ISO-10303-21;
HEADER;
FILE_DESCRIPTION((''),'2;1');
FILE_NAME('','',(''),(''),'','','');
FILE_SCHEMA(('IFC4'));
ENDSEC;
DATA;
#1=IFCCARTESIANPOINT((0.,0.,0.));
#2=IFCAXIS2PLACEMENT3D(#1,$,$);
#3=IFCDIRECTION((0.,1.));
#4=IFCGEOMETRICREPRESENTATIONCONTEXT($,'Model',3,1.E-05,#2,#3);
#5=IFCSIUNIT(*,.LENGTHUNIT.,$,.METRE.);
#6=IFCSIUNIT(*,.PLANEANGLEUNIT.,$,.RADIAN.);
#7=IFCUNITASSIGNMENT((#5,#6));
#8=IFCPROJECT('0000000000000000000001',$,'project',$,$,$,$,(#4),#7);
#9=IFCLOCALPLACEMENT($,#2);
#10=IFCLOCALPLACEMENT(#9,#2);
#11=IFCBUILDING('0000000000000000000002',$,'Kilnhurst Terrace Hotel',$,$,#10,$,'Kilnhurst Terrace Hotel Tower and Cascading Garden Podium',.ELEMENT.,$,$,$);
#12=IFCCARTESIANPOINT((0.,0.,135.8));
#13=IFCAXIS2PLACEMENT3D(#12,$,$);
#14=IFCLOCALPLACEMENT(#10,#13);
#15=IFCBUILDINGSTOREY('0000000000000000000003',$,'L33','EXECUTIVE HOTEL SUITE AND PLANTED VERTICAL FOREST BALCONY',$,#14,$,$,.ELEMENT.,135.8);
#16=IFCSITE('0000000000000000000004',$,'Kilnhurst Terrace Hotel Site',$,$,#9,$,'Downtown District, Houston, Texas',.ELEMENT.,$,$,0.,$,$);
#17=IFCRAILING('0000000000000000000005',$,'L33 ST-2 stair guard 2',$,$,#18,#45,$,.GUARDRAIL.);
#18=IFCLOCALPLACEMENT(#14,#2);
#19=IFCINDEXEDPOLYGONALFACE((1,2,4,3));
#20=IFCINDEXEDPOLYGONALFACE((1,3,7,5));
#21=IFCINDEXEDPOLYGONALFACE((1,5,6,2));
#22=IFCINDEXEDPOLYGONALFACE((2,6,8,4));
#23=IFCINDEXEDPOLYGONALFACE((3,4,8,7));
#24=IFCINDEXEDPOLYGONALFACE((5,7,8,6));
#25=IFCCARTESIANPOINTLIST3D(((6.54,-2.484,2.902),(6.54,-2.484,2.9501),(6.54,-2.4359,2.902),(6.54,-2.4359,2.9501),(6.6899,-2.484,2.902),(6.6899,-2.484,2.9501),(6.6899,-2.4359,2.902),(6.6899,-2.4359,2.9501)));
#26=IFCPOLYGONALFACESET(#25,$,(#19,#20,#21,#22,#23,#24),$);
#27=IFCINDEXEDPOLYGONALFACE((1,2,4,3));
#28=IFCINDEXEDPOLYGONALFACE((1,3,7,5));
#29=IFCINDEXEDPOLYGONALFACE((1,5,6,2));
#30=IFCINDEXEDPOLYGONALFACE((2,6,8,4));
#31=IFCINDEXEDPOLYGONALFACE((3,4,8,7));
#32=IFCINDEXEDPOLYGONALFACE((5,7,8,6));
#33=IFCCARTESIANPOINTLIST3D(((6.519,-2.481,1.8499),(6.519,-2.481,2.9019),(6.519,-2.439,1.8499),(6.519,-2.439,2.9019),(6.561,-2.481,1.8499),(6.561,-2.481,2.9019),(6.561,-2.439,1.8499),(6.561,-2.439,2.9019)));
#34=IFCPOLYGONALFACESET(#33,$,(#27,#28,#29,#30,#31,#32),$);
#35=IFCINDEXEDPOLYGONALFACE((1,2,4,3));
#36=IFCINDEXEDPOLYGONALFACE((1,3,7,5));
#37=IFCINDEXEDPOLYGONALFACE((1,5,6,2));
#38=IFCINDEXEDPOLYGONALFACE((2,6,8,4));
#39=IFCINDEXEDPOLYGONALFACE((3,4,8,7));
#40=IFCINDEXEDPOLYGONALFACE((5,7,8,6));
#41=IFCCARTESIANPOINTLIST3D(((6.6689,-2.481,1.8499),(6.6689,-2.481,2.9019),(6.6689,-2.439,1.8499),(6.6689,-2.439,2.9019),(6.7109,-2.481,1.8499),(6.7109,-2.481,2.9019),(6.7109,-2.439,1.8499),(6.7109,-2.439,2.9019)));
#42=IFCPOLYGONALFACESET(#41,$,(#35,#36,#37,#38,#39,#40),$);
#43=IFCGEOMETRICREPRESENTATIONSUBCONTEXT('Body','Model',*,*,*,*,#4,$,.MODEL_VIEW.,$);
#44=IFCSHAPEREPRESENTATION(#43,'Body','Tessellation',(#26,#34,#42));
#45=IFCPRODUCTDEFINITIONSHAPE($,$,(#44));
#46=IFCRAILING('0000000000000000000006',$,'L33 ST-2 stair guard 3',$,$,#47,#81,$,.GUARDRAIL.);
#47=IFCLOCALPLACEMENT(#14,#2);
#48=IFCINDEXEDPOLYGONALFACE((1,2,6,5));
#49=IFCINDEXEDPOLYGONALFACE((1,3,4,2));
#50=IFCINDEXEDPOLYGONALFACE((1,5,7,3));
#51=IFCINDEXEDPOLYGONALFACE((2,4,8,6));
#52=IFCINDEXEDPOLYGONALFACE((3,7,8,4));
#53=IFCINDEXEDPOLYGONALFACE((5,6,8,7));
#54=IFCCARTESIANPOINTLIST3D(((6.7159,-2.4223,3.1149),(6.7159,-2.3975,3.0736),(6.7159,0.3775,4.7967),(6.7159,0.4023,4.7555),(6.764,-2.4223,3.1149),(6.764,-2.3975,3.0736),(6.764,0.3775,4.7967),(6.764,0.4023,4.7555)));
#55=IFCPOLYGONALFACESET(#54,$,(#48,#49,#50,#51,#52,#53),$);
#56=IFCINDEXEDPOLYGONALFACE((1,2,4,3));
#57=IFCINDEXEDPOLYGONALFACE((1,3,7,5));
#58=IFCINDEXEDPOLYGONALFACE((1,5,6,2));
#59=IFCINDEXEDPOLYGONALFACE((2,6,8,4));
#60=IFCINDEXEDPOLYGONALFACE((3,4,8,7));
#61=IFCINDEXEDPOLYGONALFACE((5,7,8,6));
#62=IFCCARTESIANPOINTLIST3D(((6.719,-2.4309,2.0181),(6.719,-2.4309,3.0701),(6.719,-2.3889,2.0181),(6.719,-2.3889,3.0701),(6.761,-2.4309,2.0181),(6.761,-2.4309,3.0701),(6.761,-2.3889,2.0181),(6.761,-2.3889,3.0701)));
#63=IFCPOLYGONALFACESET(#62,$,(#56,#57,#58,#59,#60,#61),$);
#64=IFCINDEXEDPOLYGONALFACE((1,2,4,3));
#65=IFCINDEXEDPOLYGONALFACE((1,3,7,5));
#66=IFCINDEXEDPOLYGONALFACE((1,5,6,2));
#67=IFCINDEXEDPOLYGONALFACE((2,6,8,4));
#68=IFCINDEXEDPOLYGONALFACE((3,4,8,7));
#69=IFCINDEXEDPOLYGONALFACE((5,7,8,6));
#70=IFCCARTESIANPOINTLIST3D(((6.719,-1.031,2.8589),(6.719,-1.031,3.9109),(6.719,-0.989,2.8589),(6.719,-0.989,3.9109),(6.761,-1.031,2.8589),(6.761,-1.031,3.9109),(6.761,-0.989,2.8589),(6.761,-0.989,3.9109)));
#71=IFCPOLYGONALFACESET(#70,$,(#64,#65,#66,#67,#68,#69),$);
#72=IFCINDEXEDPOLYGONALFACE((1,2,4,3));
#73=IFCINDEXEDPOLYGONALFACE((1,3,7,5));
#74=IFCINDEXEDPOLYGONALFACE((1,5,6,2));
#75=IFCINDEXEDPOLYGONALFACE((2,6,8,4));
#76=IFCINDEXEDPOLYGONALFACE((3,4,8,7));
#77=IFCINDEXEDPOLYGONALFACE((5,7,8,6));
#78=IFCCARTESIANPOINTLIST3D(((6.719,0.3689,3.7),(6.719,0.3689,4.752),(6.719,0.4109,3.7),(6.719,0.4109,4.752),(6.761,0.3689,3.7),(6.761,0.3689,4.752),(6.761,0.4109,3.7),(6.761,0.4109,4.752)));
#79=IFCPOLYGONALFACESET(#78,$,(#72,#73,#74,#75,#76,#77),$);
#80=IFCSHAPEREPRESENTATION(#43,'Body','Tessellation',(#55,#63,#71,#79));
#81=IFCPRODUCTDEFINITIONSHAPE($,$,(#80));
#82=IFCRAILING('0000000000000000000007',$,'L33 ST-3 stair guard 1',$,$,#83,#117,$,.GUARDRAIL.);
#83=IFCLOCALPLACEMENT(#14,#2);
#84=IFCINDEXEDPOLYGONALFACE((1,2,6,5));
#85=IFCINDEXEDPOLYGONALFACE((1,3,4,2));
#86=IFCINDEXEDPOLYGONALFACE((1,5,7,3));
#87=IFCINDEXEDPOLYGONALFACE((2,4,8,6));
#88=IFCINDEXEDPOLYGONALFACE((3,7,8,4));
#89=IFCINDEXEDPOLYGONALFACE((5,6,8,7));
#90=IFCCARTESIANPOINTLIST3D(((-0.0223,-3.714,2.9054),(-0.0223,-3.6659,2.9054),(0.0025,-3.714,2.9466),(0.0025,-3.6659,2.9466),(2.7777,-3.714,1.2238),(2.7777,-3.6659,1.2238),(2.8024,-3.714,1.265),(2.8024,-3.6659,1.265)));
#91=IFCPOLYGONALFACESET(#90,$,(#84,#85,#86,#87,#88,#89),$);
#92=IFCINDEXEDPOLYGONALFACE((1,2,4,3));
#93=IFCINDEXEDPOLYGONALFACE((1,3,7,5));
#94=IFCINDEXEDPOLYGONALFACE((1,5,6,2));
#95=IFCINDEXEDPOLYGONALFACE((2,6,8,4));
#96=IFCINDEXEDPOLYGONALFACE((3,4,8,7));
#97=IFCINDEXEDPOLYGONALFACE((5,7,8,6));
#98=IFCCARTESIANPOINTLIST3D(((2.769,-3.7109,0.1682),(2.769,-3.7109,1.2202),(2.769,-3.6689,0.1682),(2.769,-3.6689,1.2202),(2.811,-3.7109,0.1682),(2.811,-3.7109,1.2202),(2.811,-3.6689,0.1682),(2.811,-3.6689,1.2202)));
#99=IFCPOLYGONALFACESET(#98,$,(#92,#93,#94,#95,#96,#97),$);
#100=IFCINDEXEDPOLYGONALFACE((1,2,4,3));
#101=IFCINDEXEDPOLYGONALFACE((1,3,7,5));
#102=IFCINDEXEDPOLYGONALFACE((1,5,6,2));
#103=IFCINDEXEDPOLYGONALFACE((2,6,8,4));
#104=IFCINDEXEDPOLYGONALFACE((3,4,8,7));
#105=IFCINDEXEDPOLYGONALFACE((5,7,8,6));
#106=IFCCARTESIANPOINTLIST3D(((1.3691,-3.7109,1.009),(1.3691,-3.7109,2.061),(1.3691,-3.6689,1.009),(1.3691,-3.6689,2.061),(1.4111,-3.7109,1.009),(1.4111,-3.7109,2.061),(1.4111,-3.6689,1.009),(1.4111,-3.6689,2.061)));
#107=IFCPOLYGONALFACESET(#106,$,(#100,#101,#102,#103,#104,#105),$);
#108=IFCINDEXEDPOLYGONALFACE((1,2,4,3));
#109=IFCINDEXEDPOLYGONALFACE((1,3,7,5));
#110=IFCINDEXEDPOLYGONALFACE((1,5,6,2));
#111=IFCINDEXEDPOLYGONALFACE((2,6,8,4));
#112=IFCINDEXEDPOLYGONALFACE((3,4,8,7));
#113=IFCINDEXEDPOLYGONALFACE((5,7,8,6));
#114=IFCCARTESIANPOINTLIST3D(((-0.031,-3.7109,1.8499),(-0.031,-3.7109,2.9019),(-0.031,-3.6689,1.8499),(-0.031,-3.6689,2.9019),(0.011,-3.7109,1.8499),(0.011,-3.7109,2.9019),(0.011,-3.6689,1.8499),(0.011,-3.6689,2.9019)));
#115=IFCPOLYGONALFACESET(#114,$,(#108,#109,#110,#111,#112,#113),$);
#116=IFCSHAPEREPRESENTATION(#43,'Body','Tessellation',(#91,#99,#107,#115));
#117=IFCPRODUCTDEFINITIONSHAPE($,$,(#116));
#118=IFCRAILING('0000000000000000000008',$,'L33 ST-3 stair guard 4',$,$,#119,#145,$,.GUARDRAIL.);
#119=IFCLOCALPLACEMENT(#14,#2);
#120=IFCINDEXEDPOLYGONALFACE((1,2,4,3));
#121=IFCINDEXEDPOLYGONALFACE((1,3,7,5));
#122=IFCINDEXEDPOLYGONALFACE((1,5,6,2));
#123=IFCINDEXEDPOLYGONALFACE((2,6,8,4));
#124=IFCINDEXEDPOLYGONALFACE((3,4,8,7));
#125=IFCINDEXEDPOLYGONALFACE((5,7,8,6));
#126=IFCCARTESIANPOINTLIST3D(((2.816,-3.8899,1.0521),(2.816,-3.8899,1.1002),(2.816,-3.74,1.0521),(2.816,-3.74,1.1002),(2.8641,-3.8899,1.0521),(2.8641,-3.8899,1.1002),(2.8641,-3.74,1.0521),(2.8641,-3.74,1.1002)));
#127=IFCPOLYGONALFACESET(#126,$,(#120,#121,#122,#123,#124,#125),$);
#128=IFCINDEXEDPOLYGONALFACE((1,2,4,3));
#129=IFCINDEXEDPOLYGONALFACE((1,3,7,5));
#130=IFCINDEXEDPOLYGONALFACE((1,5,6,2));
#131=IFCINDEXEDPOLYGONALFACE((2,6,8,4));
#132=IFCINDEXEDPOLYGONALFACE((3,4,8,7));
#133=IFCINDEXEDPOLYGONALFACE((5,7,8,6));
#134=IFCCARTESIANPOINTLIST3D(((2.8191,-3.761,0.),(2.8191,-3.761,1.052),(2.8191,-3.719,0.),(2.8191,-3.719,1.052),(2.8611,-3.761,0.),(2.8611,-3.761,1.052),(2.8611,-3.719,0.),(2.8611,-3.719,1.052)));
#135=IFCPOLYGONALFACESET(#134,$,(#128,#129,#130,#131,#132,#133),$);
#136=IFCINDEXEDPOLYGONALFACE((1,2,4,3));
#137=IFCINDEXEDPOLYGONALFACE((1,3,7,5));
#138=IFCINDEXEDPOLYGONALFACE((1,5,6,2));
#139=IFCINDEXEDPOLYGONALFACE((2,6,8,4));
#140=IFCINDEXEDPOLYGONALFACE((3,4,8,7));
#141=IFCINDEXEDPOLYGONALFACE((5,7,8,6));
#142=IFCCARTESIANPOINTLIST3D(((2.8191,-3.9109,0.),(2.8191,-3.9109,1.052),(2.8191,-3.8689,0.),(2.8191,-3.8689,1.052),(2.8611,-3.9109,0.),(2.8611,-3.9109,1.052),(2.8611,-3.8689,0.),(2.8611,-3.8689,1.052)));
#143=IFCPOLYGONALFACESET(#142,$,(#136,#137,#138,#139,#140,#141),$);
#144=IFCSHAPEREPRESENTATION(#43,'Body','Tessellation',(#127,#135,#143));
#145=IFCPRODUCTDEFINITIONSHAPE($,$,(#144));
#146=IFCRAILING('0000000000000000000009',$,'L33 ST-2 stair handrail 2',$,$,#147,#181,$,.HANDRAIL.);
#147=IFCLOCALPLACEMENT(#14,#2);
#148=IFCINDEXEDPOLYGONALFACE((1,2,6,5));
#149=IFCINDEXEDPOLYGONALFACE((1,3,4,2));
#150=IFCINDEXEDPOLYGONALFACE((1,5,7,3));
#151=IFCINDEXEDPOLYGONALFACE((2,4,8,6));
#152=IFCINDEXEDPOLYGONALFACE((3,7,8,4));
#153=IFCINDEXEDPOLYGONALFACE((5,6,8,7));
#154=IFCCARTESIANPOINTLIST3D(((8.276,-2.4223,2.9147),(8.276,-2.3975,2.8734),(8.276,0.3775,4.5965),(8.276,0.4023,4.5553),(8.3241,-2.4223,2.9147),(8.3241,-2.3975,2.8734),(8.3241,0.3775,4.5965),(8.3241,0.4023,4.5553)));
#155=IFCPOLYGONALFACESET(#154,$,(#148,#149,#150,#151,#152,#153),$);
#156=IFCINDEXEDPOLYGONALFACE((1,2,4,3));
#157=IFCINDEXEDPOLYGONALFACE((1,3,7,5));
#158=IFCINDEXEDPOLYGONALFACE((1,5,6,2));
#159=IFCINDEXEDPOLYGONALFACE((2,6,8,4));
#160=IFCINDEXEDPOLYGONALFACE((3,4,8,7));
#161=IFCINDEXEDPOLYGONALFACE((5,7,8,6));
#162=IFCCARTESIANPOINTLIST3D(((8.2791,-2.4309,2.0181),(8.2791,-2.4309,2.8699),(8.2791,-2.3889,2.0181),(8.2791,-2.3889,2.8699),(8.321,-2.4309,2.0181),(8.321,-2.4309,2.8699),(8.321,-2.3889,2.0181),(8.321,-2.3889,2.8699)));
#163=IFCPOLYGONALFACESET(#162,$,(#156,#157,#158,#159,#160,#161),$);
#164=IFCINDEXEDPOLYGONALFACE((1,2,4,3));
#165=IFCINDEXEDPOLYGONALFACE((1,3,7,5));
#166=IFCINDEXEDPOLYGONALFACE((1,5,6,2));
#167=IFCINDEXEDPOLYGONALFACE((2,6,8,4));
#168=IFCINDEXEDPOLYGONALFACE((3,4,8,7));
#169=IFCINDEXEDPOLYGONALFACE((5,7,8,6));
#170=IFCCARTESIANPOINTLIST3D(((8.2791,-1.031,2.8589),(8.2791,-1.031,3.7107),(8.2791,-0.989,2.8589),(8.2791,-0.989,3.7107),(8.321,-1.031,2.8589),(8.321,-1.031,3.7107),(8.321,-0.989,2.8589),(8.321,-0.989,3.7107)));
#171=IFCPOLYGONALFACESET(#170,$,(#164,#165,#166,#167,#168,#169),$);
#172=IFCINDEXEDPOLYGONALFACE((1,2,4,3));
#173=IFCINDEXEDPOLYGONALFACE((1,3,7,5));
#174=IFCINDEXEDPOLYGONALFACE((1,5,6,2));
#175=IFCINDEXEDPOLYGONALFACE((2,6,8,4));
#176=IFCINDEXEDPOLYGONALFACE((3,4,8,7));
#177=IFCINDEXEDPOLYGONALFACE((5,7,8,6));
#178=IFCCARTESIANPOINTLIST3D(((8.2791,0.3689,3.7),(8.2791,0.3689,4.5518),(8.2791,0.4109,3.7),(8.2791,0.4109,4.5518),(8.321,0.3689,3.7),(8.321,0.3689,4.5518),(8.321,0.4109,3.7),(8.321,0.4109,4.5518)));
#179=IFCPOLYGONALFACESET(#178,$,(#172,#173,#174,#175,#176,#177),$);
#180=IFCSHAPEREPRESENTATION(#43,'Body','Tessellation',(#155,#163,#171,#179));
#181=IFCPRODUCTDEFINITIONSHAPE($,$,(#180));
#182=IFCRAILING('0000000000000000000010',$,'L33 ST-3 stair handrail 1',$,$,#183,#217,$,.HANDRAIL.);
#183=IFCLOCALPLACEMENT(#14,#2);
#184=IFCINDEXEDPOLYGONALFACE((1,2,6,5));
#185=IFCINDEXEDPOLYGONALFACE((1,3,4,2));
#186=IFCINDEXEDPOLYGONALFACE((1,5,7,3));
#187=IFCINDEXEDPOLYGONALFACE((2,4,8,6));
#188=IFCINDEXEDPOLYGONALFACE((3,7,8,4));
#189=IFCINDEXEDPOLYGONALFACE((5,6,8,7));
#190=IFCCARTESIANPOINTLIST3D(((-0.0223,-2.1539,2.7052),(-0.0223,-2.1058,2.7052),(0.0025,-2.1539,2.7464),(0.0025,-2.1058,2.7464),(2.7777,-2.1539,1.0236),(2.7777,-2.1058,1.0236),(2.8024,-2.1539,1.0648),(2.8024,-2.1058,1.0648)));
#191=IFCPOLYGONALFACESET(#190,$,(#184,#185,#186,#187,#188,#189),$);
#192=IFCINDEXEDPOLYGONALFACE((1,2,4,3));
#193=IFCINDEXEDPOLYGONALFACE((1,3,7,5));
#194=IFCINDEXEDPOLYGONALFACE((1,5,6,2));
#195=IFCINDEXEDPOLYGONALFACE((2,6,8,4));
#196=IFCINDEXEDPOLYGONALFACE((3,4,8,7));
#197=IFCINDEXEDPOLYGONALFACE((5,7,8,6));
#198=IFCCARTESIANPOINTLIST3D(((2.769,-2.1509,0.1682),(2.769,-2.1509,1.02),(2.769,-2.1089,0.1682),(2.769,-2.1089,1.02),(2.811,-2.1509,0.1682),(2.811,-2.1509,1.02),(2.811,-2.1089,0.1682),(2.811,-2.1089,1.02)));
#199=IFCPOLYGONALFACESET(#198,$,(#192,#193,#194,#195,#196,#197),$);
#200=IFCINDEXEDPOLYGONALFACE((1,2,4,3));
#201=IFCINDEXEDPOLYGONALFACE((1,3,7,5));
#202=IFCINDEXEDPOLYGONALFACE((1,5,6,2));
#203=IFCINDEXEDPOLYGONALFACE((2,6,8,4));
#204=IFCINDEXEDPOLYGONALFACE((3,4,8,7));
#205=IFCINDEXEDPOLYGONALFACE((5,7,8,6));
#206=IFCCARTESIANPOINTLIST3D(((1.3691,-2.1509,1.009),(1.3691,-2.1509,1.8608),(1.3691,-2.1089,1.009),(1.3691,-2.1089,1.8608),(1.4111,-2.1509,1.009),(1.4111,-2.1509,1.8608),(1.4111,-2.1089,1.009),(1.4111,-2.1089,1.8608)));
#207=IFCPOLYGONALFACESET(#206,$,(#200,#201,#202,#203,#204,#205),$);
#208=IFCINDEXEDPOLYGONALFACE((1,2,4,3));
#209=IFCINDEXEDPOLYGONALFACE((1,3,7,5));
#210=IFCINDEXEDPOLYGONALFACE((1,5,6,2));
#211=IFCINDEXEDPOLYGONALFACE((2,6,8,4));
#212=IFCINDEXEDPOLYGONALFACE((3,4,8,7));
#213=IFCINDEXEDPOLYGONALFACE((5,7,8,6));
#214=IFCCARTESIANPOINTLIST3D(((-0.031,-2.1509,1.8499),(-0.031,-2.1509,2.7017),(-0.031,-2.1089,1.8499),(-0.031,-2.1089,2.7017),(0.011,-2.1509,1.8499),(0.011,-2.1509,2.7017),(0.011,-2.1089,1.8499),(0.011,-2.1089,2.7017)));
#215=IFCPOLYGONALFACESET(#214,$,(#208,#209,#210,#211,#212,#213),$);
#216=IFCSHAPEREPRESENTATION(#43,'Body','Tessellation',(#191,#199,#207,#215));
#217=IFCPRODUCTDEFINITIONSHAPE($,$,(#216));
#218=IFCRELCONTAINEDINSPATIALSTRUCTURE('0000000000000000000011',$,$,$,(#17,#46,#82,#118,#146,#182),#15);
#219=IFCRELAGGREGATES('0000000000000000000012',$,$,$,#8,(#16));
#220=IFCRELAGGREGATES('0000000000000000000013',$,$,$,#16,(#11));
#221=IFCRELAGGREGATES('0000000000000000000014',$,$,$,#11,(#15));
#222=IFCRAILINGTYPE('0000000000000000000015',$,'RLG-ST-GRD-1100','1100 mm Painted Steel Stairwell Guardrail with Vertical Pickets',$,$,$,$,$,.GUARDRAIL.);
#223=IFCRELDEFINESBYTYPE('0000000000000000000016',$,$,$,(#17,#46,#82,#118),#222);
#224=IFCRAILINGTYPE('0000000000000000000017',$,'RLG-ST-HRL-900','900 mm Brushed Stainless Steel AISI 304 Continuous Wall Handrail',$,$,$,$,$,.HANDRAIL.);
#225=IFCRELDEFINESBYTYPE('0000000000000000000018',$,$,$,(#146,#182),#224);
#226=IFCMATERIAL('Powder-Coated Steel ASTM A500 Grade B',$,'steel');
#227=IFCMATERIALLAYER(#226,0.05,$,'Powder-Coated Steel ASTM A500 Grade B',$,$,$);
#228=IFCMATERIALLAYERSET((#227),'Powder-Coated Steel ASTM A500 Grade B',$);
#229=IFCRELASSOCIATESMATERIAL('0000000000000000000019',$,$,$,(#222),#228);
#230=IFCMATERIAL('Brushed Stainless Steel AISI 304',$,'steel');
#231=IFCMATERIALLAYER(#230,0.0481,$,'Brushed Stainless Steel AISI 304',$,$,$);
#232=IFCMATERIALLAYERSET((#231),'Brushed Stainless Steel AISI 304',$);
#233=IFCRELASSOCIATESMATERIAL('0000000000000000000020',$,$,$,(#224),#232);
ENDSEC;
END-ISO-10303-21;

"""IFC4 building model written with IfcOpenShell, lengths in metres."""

from ifc_helpers import new_model, si_unit, direction, frame, origin, origin_2d, place, context, subcontext, project, spatial, rectangle, extrude, material, layer, layer_set, type_object, element, save


model = new_model("IFC4")

# Units and contexts
model_context = context("Model", 3, precision=1e-05, world=origin(), true_north=direction((0.0, 1.0)))
body_context = subcontext(model_context, "Body", "Model", "MODEL_VIEW")
ifc_project = project(units=[si_unit("LENGTHUNIT", "METRE"), si_unit("PLANEANGLEUNIT", "RADIAN")], contexts=[model_context])

# Site, building, storey
site_placement = place(None, origin())
site = spatial("IfcSite", under=ifc_project, at=site_placement, Name="Kilnhurst Terrace Hotel Site", LongName="Downtown District, Houston, Texas", CompositionType="ELEMENT", RefElevation=0.0)
building_placement = place(site_placement, origin())
building = spatial("IfcBuilding", under=site, at=building_placement, Name="Kilnhurst Terrace Hotel", LongName="Kilnhurst Terrace Hotel Tower and Cascading Garden Podium", CompositionType="ELEMENT")
storey_placement = place(building_placement, frame((0.0, 0.0, 135.8)))
storey = spatial("IfcBuildingStorey", under=building, at=storey_placement, Name="L33", Description="EXECUTIVE HOTEL SUITE AND PLANTED VERTICAL FOREST BALCONY", CompositionType="ELEMENT", Elevation=135.8)

# Railings
ifc_material_1 = material(Name="Powder-Coated Steel ASTM A500 Grade B", Category="steel")
ifc_layer_1 = layer(ifc_material_1, 0.05, Name="Powder-Coated Steel ASTM A500 Grade B")
ifc_layer_set_1 = layer_set([ifc_layer_1], Name="Powder-Coated Steel ASTM A500 Grade B")
railing_type_1 = type_object("IfcRailingType", Name="RLG-ST-GRD-1100", Description="1100 mm Painted Steel Stairwell Guardrail with Vertical Pickets", PredefinedType="GUARDRAIL", material=ifc_layer_set_1)
railing_1_placement = place(storey_placement, frame((6.54, -2.46, 1.8499)))
element("IfcRailing", 1, at=railing_1_placement, inside=storey, type_object=railing_type_1, Name="L33 ST-2 stair guard 2", PredefinedType="GUARDRAIL", context=body_context, shape_type="SweptSolid", body=[
    extrude(rectangle(XDim=0.0481, YDim=0.0481, at=origin_2d()), frame((0.0, 0.0, 1.0762), z_axis=(1.0, 0.0, 0.0), x_axis=(0.0, 1.0, 0.0)), (0.0, 0.0, 1.0), 0.1499),
    extrude(rectangle(XDim=0.042, YDim=0.042, at=origin_2d()), origin(), (0.0, 0.0, 1.0), 1.052),
    extrude(rectangle(XDim=0.042, YDim=0.042, at=origin_2d()), frame((0.1499, 0.0, 0.0)), (0.0, 0.0, 1.0), 1.052),
])
railing_2_placement = place(storey_placement, frame((6.74, -2.4099, 2.0181)))
element("IfcRailing", 2, at=railing_2_placement, inside=storey, type_object=railing_type_1, Name="L33 ST-2 stair guard 3", PredefinedType="GUARDRAIL", context=body_context, shape_type="SweptSolid", body=[
    extrude(rectangle(XDim=0.0481, YDim=0.0481, at=origin_2d()), frame((0.0, 0.0, 1.0762), z_axis=(0.0, 0.857222, 0.514946), x_axis=(-1.0, 0.0, 0.0)), (0.0, 0.0, 1.0), 3.2661),
    extrude(rectangle(XDim=0.042, YDim=0.042, at=origin_2d()), origin(), (0.0, 0.0, 1.0), 1.052),
    extrude(rectangle(XDim=0.042, YDim=0.042, at=origin_2d()), frame((0.0, 1.3999, 0.8408)), (0.0, 0.0, 1.0), 1.052),
    extrude(rectangle(XDim=0.042, YDim=0.042, at=origin_2d()), frame((0.0, 2.7998, 1.6819)), (0.0, 0.0, 1.0), 1.052),
])
railing_3_placement = place(storey_placement, frame((2.79, -3.6899, 0.1682)))
element("IfcRailing", 3, at=railing_3_placement, inside=storey, type_object=railing_type_1, Name="L33 ST-3 stair guard 1", PredefinedType="GUARDRAIL", context=body_context, shape_type="SweptSolid", body=[
    extrude(rectangle(XDim=0.0481, YDim=0.0481, at=origin_2d()), frame((0.0, 0.0, 1.0762), z_axis=(-0.857275, 0.0, 0.514858), x_axis=(0.0, -1.0, 0.0)), (0.0, 0.0, 1.0), 3.2661),
    extrude(rectangle(XDim=0.042, YDim=0.042, at=origin_2d()), origin(), (0.0, 0.0, 1.0), 1.052),
    extrude(rectangle(XDim=0.042, YDim=0.042, at=origin_2d()), frame((-1.3999, 0.0, 0.8408)), (0.0, 0.0, 1.0), 1.052),
    extrude(rectangle(XDim=0.042, YDim=0.042, at=origin_2d()), frame((-2.8, 0.0, 1.6816)), (0.0, 0.0, 1.0), 1.052),
])
railing_4_placement = place(storey_placement, frame((2.8401, -3.74, 0.0)))
element("IfcRailing", 4, at=railing_4_placement, inside=storey, type_object=railing_type_1, Name="L33 ST-3 stair guard 4", PredefinedType="GUARDRAIL", context=body_context, shape_type="SweptSolid", body=[
    extrude(rectangle(XDim=0.0481, YDim=0.0481, at=origin_2d()), frame((0.0, 0.0, 1.0762), z_axis=(0.0, -1.0, 0.0), x_axis=(1.0, 0.0, 0.0)), (0.0, 0.0, 1.0), 0.1499),
    extrude(rectangle(XDim=0.042, YDim=0.042, at=origin_2d()), origin(), (0.0, 0.0, 1.0), 1.052),
    extrude(rectangle(XDim=0.042, YDim=0.042, at=origin_2d()), frame((0.0, -0.1499, 0.0)), (0.0, 0.0, 1.0), 1.052),
])
ifc_material_2 = material(Name="Brushed Stainless Steel AISI 304", Category="steel")
ifc_layer_2 = layer(ifc_material_2, 0.0481, Name="Brushed Stainless Steel AISI 304")
ifc_layer_set_2 = layer_set([ifc_layer_2], Name="Brushed Stainless Steel AISI 304")
railing_type_2 = type_object("IfcRailingType", Name="RLG-ST-HRL-900", Description="900 mm Brushed Stainless Steel AISI 304 Continuous Wall Handrail", PredefinedType="HANDRAIL", material=ifc_layer_set_2)
railing_5_placement = place(storey_placement, frame((8.3, -2.4099, 2.0181)))
element("IfcRailing", 5, at=railing_5_placement, inside=storey, type_object=railing_type_2, Name="L33 ST-2 stair handrail 2", PredefinedType="HANDRAIL", context=body_context, shape_type="SweptSolid", body=[
    extrude(rectangle(XDim=0.0481, YDim=0.0481, at=origin_2d()), frame((0.0, 0.0, 0.876), z_axis=(0.0, 0.857222, 0.514946), x_axis=(-1.0, 0.0, 0.0)), (0.0, 0.0, 1.0), 3.2661),
    extrude(rectangle(XDim=0.042, YDim=0.042, at=origin_2d()), origin(), (0.0, 0.0, 1.0), 0.8518),
    extrude(rectangle(XDim=0.042, YDim=0.042, at=origin_2d()), frame((0.0, 1.3999, 0.8408)), (0.0, 0.0, 1.0), 0.8518),
    extrude(rectangle(XDim=0.042, YDim=0.042, at=origin_2d()), frame((0.0, 2.7998, 1.6819)), (0.0, 0.0, 1.0), 0.8518),
])
railing_6_placement = place(storey_placement, frame((2.79, -2.1299, 0.1682)))
element("IfcRailing", 6, at=railing_6_placement, inside=storey, type_object=railing_type_2, Name="L33 ST-3 stair handrail 1", PredefinedType="HANDRAIL", context=body_context, shape_type="SweptSolid", body=[
    extrude(rectangle(XDim=0.0481, YDim=0.0481, at=origin_2d()), frame((0.0, 0.0, 0.876), z_axis=(-0.857275, 0.0, 0.514858), x_axis=(0.0, -1.0, 0.0)), (0.0, 0.0, 1.0), 3.2661),
    extrude(rectangle(XDim=0.042, YDim=0.042, at=origin_2d()), origin(), (0.0, 0.0, 1.0), 0.8518),
    extrude(rectangle(XDim=0.042, YDim=0.042, at=origin_2d()), frame((-1.3999, 0.0, 0.8408)), (0.0, 0.0, 1.0), 0.8518),
    extrude(rectangle(XDim=0.042, YDim=0.042, at=origin_2d()), frame((-2.8, 0.0, 1.6816)), (0.0, 0.0, 1.0), 0.8518),
])

save(model, "model.ifc")
